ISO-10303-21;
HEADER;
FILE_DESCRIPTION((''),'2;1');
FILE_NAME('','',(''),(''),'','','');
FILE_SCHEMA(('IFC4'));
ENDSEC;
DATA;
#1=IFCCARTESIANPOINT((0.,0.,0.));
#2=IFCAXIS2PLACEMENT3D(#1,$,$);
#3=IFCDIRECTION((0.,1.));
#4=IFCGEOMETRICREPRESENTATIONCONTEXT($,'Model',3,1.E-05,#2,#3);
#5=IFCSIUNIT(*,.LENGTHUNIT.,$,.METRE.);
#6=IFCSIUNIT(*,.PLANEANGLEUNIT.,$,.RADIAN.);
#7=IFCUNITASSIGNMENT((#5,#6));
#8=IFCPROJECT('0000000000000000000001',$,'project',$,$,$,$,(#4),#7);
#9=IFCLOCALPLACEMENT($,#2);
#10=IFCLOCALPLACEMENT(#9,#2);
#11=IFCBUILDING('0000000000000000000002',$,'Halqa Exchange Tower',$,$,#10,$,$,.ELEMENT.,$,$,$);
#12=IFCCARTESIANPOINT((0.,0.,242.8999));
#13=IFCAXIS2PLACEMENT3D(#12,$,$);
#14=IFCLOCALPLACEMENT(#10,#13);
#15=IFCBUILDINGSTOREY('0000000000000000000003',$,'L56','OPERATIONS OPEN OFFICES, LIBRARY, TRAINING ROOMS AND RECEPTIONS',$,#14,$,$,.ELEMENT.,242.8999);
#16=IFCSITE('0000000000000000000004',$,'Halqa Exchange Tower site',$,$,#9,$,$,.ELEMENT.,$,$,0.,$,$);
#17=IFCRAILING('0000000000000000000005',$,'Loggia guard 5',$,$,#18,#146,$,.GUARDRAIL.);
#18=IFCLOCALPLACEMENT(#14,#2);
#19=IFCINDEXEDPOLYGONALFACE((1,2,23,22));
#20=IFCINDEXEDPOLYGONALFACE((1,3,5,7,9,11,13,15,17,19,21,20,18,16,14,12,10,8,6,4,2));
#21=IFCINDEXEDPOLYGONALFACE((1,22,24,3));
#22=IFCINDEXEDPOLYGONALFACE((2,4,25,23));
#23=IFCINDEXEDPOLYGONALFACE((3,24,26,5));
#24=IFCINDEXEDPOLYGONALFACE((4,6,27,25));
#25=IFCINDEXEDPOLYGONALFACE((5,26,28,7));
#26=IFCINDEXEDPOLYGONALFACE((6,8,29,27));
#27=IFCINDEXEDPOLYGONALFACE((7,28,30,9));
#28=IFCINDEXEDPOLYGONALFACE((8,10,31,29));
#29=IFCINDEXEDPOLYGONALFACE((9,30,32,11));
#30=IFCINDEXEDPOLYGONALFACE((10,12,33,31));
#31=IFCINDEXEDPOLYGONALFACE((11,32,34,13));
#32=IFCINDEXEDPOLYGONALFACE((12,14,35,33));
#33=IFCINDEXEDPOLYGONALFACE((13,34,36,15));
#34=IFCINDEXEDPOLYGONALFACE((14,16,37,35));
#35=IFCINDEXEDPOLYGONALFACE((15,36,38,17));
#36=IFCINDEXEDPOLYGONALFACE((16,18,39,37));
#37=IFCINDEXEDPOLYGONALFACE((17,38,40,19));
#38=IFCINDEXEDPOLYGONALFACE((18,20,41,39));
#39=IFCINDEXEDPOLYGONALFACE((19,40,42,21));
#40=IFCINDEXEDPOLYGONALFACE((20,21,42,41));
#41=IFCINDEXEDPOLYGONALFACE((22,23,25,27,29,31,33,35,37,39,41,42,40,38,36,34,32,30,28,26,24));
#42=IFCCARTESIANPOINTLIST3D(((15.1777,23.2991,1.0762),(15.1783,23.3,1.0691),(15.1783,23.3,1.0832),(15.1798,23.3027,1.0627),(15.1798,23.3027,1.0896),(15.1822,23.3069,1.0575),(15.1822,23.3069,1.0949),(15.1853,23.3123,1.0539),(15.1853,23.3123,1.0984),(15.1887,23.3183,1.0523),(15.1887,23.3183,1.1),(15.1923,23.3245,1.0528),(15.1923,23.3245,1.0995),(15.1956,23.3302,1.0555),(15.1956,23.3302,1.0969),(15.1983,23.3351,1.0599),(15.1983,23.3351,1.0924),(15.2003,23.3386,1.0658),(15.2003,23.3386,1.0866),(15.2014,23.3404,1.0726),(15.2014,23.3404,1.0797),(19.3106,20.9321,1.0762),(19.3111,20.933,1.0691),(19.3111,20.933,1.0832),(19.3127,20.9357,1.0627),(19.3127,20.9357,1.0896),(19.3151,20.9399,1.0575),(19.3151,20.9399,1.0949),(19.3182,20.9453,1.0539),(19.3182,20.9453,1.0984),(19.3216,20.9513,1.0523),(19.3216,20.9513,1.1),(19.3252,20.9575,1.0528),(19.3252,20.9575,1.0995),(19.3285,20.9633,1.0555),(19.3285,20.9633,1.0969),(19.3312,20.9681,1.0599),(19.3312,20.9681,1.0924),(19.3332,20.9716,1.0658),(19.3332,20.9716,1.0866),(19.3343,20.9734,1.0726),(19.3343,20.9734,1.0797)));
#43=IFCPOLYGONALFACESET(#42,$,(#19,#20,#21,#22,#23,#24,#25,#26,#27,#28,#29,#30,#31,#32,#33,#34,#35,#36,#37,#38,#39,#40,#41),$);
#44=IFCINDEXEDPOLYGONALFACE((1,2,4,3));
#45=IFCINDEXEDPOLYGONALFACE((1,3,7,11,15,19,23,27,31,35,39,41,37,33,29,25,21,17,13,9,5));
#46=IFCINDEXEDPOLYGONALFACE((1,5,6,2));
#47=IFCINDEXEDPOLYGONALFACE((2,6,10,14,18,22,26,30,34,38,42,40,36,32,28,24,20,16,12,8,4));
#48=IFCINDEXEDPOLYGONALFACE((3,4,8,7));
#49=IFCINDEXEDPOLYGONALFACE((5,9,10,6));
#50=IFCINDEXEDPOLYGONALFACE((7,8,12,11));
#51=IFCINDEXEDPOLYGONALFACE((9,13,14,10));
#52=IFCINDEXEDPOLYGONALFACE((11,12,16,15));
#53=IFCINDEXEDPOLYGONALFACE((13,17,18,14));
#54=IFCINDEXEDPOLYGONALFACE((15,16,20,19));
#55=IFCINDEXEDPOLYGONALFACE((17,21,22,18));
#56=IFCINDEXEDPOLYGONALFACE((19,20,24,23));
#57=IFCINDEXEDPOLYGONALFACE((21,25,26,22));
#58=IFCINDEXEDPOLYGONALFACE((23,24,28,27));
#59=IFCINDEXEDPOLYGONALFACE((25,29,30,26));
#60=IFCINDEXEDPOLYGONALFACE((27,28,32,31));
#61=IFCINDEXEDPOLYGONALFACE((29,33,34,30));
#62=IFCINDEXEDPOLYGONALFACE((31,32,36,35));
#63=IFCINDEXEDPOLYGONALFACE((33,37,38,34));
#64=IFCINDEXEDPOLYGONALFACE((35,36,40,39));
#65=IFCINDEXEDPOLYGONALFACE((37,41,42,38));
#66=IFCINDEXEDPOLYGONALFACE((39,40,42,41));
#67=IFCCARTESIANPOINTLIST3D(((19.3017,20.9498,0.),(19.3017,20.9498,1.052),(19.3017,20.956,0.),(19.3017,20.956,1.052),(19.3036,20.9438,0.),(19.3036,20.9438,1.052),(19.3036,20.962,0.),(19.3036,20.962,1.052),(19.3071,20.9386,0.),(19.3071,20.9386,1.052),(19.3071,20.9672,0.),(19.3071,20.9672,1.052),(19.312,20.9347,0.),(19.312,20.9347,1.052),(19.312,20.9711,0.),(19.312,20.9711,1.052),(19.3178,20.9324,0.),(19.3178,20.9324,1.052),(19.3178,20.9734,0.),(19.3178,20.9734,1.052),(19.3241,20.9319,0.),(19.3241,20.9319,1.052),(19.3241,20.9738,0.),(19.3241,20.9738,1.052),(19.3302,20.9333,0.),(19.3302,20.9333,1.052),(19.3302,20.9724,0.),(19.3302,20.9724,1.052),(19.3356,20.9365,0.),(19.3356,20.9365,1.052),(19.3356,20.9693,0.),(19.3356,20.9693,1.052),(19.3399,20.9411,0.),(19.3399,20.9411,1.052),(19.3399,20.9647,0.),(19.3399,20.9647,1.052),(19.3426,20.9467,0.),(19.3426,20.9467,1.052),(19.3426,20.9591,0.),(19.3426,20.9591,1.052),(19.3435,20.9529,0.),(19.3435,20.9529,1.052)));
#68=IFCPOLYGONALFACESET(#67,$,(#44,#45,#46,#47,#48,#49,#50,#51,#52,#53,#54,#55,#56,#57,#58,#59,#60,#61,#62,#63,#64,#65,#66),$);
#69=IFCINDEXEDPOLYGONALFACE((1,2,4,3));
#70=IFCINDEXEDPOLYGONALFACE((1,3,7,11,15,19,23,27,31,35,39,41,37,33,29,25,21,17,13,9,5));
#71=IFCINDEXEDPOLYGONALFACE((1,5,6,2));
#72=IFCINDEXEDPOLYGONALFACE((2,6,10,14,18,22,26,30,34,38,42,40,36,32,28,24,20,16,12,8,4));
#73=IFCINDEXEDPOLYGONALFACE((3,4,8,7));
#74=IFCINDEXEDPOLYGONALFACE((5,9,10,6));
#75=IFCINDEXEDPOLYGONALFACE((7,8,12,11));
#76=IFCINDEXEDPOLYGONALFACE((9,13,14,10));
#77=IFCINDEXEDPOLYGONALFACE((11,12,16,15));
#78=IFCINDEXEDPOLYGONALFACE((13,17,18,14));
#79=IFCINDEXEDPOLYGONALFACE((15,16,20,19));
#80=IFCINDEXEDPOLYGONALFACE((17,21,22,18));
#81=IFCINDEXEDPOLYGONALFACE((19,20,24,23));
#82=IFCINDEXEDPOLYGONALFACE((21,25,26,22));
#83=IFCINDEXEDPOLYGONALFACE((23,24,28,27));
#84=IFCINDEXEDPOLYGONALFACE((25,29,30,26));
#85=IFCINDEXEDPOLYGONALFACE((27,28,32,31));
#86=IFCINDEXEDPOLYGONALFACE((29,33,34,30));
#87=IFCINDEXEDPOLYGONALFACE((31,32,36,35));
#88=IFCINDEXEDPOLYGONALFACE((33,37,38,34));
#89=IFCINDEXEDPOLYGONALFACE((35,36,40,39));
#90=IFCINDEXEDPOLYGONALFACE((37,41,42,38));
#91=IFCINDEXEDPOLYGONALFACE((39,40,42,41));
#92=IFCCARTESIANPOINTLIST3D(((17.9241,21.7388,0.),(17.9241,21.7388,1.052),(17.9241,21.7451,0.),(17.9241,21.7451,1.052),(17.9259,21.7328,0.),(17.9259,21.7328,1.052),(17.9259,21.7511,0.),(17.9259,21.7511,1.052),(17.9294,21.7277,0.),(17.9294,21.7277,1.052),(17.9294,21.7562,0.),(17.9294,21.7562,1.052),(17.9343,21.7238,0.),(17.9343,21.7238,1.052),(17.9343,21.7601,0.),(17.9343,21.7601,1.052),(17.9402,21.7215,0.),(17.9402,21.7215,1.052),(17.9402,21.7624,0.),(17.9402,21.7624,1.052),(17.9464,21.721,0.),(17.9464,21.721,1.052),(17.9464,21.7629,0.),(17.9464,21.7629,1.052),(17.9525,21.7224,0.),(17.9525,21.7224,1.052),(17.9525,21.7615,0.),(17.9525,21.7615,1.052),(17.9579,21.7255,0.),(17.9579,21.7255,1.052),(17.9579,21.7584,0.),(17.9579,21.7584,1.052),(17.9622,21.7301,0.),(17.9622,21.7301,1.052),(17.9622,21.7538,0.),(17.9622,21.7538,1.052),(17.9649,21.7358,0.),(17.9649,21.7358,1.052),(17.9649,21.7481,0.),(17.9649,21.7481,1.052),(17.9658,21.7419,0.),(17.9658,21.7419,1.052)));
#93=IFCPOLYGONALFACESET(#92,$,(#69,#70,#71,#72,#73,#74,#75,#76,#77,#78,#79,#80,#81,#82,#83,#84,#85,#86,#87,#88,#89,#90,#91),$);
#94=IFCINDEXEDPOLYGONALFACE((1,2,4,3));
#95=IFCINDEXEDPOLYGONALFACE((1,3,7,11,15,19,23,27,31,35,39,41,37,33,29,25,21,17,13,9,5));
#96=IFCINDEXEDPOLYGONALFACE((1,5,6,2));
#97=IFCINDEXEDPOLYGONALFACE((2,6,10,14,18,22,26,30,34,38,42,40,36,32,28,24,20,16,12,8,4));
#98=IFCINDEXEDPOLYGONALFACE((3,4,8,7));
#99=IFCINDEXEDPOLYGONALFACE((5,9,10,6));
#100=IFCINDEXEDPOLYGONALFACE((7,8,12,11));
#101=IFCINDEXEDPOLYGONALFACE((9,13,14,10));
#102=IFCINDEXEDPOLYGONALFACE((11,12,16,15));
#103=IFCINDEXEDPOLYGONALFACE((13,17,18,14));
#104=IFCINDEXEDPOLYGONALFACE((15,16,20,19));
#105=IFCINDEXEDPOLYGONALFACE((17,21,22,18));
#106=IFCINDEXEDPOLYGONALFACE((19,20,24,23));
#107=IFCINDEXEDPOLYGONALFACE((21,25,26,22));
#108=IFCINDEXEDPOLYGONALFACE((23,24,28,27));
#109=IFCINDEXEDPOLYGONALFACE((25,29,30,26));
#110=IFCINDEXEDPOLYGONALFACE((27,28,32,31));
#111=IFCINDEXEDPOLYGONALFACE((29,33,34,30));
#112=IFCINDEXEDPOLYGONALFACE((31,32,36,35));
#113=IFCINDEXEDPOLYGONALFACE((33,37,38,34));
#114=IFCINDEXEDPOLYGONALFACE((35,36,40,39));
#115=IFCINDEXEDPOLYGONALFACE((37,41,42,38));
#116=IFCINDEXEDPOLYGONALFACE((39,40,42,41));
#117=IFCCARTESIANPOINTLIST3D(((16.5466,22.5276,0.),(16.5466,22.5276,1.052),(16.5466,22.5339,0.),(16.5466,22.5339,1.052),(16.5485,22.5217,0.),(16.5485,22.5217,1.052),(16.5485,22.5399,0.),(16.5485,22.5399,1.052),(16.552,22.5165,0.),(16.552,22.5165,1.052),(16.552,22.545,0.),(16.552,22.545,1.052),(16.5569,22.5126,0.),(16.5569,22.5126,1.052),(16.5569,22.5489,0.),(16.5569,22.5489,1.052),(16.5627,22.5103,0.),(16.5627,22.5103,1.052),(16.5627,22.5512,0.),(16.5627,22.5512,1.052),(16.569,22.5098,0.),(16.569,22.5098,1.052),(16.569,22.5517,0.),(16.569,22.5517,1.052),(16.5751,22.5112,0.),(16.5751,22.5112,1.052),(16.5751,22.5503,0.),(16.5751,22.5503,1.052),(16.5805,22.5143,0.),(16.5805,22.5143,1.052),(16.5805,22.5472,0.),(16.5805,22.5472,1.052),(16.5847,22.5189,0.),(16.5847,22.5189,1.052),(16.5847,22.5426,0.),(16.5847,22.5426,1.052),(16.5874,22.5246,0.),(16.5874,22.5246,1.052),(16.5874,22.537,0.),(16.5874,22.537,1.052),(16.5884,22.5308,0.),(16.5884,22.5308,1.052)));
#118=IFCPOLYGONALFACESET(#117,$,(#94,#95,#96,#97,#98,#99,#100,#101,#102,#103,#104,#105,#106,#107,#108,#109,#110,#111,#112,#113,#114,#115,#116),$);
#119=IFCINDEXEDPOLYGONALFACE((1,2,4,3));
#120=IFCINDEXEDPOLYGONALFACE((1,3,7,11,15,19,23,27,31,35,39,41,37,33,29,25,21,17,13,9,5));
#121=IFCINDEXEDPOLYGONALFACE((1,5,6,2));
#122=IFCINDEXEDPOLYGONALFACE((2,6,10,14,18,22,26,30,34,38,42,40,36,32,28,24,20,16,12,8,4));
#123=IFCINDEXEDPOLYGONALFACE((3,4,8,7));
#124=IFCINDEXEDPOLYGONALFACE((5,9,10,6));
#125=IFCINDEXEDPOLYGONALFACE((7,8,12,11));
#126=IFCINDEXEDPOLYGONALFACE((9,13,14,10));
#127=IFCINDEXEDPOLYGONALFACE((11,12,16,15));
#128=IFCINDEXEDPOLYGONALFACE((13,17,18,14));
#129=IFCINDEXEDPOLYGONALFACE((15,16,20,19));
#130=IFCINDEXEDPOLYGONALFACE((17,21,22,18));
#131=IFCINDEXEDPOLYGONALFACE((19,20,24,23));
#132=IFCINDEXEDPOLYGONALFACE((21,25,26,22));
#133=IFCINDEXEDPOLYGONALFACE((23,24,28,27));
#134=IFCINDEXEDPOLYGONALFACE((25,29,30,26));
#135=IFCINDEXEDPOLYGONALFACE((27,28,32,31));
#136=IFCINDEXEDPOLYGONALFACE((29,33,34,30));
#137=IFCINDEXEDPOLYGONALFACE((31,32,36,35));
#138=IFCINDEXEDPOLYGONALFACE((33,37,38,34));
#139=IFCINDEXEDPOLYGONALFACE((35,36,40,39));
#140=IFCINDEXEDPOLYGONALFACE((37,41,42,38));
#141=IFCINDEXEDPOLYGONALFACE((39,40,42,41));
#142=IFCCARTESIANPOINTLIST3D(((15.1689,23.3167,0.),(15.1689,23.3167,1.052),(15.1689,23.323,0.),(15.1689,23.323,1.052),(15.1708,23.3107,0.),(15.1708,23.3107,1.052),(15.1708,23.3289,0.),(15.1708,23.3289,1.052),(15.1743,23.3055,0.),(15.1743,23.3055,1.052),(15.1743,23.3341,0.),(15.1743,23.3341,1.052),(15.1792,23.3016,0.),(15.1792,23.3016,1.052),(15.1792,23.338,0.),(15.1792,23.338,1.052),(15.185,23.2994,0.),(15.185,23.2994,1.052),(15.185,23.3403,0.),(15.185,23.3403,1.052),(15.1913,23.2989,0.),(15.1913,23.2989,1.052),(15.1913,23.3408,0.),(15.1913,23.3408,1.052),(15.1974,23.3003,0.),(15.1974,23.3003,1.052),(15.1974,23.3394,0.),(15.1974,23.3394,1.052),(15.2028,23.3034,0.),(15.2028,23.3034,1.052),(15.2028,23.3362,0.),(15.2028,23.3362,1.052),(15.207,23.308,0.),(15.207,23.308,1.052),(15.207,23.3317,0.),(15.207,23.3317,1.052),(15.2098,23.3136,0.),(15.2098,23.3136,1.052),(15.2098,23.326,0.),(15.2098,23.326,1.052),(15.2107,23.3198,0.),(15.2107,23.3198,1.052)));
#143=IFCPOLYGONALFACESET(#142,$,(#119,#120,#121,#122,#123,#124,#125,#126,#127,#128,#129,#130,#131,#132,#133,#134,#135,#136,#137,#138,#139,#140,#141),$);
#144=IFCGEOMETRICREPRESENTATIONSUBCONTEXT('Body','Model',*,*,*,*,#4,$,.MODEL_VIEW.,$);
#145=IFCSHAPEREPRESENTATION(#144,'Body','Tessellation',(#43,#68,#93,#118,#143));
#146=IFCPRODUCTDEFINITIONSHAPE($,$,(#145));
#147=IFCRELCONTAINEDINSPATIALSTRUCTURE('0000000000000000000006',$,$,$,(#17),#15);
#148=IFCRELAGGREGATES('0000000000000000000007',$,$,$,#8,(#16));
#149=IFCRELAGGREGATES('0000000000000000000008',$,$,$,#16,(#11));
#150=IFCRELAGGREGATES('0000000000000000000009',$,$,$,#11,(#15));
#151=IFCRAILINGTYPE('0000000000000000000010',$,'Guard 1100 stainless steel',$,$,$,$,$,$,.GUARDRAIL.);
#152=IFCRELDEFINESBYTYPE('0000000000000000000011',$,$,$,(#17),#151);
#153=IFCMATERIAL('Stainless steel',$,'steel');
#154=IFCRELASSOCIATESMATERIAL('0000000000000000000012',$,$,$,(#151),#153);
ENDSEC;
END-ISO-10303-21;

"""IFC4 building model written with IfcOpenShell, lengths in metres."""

from ifc_helpers import new_model, si_unit, direction, frame, origin, origin_2d, place, context, subcontext, project, spatial, circle, extrude, material, type_object, element, save


model = new_model("IFC4")

# Units and contexts
model_context = context("Model", 3, precision=1e-05, world=origin(), true_north=direction((0.0, 1.0)))
body_context = subcontext(model_context, "Body", "Model", "MODEL_VIEW")
ifc_project = project(units=[si_unit("LENGTHUNIT", "METRE"), si_unit("PLANEANGLEUNIT", "RADIAN")], contexts=[model_context])

# Site, building, storey
site_placement = place(None, origin())
site = spatial("IfcSite", under=ifc_project, at=site_placement, Name="Halqa Exchange Tower site", CompositionType="ELEMENT", RefElevation=0.0)
building_placement = place(site_placement, origin())
building = spatial("IfcBuilding", under=site, at=building_placement, Name="Halqa Exchange Tower", CompositionType="ELEMENT")
storey_placement = place(building_placement, frame((0.0, 0.0, 242.8999)))
storey = spatial("IfcBuildingStorey", under=building, at=storey_placement, Name="L56", Description="OPERATIONS OPEN OFFICES, LIBRARY, TRAINING ROOMS AND RECEPTIONS", CompositionType="ELEMENT", Elevation=242.8999)

# Railing
ifc_material_1 = material(Name="Stainless steel", Category="steel")
railing_type = type_object("IfcRailingType", Name="Guard 1100 stainless steel", PredefinedType="GUARDRAIL", material=ifc_material_1)
railing_1_placement = place(storey_placement, frame((19.3225, 20.9529, 0.0)))
element("IfcRailing", 1, at=railing_1_placement, inside=storey, type_object=railing_type, Name="Loggia guard 5", PredefinedType="GUARDRAIL", context=body_context, shape_type="SweptSolid", body=[
    extrude(circle(Radius=0.0239, at=origin_2d()), frame((0.0, 0.0, 1.0762), z_axis=(-0.86776, 0.496983, 0.0), x_axis=(-0.496983, -0.86776, 0.0)), (0.0, 0.0, 1.0), 4.7627),
    extrude(circle(Radius=0.021, at=origin_2d()), origin(), (0.0, 0.0, 1.0), 1.052),
    extrude(circle(Radius=0.021, at=origin_2d()), frame((-1.3777, 0.7891, 0.0)), (0.0, 0.0, 1.0), 1.052),
    extrude(circle(Radius=0.021, at=origin_2d()), frame((-2.7551, 1.5779, 0.0)), (0.0, 0.0, 1.0), 1.052),
    extrude(circle(Radius=0.021, at=origin_2d()), frame((-4.1328, 2.3669, 0.0)), (0.0, 0.0, 1.0), 1.052),
])

save(model, "model.ifc")
